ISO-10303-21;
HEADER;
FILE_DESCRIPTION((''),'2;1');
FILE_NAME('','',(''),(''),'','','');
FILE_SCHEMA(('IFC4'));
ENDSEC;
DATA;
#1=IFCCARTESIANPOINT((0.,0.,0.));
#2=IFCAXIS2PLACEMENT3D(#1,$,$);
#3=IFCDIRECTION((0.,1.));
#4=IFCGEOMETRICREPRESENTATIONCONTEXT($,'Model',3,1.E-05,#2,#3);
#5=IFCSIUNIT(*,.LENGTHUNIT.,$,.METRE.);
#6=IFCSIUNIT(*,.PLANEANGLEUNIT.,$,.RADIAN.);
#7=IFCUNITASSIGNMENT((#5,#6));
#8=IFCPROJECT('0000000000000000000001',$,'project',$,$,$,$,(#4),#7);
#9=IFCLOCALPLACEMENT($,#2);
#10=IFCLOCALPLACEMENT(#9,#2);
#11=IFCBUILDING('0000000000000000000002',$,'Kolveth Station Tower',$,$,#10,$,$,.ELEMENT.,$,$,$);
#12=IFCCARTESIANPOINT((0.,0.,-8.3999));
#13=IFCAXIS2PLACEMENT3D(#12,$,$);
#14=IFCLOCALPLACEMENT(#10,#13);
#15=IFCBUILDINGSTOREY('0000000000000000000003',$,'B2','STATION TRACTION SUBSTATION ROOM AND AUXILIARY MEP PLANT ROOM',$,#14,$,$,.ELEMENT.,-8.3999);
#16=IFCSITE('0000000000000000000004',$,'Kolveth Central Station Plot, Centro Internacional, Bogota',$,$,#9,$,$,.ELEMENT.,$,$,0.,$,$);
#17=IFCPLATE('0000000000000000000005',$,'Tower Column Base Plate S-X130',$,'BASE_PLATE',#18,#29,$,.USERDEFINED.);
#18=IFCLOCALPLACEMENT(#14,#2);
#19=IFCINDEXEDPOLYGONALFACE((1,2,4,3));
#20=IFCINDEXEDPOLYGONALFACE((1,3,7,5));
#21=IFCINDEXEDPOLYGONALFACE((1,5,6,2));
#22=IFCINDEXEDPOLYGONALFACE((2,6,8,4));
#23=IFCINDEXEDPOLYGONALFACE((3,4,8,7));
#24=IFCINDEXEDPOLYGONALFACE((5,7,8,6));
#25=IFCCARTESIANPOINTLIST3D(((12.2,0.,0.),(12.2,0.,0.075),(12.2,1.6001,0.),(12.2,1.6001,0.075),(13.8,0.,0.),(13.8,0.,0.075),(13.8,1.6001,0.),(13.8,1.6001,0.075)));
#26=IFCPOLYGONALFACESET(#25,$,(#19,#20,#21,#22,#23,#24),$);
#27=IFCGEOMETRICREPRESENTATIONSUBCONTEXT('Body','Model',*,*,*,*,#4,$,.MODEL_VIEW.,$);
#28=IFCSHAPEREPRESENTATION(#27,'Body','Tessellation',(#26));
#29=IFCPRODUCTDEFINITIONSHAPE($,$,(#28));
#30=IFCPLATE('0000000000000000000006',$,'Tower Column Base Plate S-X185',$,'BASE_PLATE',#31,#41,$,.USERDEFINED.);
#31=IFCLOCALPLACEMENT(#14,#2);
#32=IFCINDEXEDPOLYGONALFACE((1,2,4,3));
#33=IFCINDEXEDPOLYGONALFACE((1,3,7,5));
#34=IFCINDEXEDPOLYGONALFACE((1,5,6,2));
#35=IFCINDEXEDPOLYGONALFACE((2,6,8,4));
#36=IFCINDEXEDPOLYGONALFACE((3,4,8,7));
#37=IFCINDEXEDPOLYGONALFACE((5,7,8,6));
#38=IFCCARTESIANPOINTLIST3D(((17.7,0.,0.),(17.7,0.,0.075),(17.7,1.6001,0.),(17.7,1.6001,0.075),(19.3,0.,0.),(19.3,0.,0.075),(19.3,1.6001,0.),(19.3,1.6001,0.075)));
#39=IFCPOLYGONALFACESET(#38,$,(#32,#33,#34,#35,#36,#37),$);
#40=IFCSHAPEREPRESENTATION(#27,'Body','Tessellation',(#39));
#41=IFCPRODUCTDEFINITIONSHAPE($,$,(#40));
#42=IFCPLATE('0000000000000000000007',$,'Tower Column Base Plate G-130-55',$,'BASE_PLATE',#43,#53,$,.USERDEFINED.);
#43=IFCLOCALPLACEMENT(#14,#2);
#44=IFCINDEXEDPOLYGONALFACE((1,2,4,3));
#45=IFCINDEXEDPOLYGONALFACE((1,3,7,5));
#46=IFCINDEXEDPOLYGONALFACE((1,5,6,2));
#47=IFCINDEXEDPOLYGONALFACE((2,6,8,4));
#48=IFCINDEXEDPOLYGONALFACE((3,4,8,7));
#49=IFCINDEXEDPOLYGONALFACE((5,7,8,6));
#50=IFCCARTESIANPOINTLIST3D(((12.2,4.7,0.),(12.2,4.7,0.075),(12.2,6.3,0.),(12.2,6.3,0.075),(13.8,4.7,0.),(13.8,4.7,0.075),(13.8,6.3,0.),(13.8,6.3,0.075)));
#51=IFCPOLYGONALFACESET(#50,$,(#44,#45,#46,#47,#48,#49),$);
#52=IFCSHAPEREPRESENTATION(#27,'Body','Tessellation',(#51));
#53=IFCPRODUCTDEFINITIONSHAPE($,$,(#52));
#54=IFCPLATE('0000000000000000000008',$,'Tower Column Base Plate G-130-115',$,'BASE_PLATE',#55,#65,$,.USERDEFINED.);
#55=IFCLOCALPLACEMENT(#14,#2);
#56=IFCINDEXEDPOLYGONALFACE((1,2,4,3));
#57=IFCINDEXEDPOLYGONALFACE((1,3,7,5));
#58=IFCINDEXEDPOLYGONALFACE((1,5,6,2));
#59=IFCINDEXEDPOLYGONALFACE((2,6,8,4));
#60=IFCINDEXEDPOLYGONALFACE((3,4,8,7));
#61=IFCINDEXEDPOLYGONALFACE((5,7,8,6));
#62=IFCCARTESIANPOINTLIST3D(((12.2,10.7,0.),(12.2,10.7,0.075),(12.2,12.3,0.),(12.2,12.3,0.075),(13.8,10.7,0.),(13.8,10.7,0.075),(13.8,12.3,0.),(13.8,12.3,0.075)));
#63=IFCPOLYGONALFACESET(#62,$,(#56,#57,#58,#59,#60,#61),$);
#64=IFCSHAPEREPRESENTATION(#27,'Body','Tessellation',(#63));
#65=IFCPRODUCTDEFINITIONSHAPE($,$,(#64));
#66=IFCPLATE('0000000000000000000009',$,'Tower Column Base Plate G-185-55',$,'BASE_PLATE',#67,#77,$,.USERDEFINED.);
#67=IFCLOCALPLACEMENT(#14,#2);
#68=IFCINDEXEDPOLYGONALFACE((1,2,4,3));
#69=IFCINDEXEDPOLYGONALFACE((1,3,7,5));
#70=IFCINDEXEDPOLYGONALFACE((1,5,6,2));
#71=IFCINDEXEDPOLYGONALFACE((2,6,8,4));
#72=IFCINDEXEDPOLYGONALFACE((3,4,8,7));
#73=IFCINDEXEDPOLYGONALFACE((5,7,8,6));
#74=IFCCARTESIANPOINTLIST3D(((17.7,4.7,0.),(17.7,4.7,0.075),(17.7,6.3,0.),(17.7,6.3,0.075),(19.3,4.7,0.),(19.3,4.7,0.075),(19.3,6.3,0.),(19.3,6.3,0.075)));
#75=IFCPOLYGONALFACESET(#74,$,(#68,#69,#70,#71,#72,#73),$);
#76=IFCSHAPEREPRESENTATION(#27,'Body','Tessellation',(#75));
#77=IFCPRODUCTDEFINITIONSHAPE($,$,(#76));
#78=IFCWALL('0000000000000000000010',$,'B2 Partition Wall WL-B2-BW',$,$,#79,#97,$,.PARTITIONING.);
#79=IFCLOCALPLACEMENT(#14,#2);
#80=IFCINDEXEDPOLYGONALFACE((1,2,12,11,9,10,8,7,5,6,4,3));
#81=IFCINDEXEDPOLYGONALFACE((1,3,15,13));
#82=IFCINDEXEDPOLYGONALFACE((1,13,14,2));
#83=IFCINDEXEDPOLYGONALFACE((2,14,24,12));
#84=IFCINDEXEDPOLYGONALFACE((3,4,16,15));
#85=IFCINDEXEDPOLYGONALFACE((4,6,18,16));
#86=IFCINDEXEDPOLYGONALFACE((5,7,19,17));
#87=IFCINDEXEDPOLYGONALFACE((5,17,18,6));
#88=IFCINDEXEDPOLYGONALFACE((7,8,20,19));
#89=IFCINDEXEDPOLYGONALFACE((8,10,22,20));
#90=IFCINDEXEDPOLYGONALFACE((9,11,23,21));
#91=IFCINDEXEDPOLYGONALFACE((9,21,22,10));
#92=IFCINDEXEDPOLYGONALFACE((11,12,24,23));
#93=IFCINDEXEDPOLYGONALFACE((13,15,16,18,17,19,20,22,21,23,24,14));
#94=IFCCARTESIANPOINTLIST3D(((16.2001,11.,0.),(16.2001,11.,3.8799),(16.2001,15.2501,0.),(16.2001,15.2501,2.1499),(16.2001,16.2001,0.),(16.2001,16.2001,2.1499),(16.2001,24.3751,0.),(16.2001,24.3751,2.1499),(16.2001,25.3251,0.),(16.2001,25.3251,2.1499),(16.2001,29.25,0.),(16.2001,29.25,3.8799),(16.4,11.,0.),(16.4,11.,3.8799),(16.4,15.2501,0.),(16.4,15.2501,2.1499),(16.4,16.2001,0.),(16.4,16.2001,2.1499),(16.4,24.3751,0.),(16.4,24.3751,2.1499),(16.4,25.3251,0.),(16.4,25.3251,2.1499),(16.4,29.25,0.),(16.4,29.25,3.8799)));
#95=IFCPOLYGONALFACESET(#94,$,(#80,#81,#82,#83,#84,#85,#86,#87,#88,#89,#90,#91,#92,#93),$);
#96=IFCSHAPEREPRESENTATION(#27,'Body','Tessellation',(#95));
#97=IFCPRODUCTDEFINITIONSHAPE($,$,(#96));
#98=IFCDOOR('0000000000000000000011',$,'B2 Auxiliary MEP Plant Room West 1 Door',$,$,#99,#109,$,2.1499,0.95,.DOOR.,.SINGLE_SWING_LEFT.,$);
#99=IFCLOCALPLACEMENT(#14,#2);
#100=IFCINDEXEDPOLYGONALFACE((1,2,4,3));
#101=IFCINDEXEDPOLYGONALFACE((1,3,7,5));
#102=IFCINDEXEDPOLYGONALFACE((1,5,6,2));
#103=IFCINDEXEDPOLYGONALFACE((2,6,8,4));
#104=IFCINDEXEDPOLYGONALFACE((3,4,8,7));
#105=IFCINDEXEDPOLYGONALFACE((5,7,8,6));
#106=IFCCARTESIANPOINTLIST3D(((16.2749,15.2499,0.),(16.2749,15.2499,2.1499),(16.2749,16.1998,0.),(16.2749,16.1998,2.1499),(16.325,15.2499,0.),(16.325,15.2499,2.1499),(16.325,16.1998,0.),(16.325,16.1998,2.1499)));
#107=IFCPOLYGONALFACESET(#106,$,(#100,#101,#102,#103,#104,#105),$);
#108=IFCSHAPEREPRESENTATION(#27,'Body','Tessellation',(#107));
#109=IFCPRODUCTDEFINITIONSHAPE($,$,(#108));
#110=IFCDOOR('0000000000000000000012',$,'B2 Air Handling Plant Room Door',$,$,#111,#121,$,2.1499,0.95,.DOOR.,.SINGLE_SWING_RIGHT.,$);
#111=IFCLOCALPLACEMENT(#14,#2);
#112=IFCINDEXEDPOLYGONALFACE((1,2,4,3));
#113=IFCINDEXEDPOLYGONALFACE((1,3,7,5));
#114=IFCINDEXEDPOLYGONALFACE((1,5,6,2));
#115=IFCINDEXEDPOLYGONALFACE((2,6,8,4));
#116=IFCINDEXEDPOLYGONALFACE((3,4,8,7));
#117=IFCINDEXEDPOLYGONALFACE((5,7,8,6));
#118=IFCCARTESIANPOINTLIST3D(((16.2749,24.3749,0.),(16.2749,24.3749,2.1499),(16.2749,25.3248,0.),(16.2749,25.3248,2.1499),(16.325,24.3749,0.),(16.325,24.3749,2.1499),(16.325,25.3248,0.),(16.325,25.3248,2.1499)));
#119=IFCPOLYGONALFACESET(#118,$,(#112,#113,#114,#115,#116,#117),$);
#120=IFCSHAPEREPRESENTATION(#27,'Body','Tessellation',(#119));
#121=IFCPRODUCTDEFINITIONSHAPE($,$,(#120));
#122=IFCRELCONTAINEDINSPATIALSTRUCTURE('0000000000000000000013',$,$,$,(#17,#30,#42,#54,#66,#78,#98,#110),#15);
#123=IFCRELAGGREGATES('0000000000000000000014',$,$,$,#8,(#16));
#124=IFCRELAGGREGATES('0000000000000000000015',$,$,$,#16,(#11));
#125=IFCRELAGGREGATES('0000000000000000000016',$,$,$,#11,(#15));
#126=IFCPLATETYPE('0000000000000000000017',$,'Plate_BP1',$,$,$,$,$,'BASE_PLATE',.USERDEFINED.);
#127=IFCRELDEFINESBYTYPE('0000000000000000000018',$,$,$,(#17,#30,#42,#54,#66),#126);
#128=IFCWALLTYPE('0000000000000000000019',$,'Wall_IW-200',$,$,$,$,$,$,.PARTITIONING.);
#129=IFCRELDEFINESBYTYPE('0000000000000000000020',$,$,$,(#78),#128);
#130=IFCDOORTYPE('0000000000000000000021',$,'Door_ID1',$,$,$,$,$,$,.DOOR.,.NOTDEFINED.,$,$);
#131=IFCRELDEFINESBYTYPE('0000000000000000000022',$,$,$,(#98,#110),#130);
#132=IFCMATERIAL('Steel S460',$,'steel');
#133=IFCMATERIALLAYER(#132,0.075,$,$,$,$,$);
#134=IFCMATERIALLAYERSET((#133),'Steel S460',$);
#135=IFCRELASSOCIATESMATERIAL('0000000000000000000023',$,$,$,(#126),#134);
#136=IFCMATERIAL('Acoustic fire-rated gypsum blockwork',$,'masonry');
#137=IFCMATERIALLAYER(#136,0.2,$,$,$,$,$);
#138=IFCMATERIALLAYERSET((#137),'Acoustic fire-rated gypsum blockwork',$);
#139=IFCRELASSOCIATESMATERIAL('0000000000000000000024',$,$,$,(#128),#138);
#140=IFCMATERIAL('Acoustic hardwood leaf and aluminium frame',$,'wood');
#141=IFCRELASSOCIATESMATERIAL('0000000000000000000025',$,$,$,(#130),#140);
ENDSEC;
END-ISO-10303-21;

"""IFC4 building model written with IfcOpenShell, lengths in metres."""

from ifc_helpers import new_model, si_unit, direction, frame, frame_2d, origin, origin_2d, place, context, subcontext, project, spatial, rectangle, extrude, source, transform, mapped, material, layer, layer_set, type_object, element, fill, save


model = new_model("IFC4")

# Units and contexts
model_context = context("Model", 3, precision=1e-05, world=origin(), true_north=direction((0.0, 1.0)))
body_context = subcontext(model_context, "Body", "Model", "MODEL_VIEW")
ifc_project = project(units=[si_unit("LENGTHUNIT", "METRE"), si_unit("PLANEANGLEUNIT", "RADIAN")], contexts=[model_context])

# Site, building, storey
site_placement = place(None, origin())
site = spatial("IfcSite", under=ifc_project, at=site_placement, Name="Kolveth Central Station Plot, Centro Internacional, Bogota", CompositionType="ELEMENT", RefElevation=0.0)
building_placement = place(site_placement, origin())
building = spatial("IfcBuilding", under=site, at=building_placement, Name="Kolveth Station Tower", CompositionType="ELEMENT")
storey_placement = place(building_placement, frame((0.0, 0.0, -8.3999)))
storey = spatial("IfcBuildingStorey", under=building, at=storey_placement, Name="B2", Description="STATION TRACTION SUBSTATION ROOM AND AUXILIARY MEP PLANT ROOM", CompositionType="ELEMENT", Elevation=-8.3999)

# Shared definitions
ifc_material_1 = material(Name="Steel S460", Category="steel")

# Plates
ifc_layer_1 = layer(ifc_material_1, 0.075)
ifc_layer_set_1 = layer_set([ifc_layer_1], Name="Steel S460")
plate_type = type_object("IfcPlateType", Name="Plate_BP1", ElementType="BASE_PLATE", PredefinedType="USERDEFINED", material=ifc_layer_set_1)
shared_shape_1 = source(origin(), body_context, "Body", "SweptSolid", [
    extrude(rectangle(XDim=1.6001, YDim=1.6001, at=origin_2d()), origin(), (0.0, 0.0, 1.0), 0.075),
])
for number, where, z_axis, x_axis, name in (
    (1, (13.0, 0.8, 0.0), (0.0, 0.0, 1.0), (1.0, 0.0, 0.0), "Tower Column Base Plate S-X130"),
    (2, (18.5, 0.8, 0.0), (0.0, 0.0, 1.0), (1.0, 0.0, 0.0), "Tower Column Base Plate S-X185"),
    (3, (13.0, 5.5, 0.0), (0.0, 0.0, 1.0), (1.0, 0.0, 0.0), "Tower Column Base Plate G-130-55"),
    (4, (13.0, 11.5, 0.0), (0.0, 0.0, 1.0), (1.0, 0.0, 0.0), "Tower Column Base Plate G-130-115"),
    (5, (18.5, 5.5, 0.0), (0.0, 0.0, 1.0), (1.0, 0.0, 0.0), "Tower Column Base Plate G-185-55"),
):
    element("IfcPlate", number, at=place(storey_placement, frame(where, z_axis=z_axis, x_axis=x_axis)), inside=storey, type_object=plate_type, Name=name, ObjectType="BASE_PLATE", PredefinedType="USERDEFINED", context=body_context, shape_type="MappedRepresentation", body=[
        mapped(shared_shape_1, transform((0.0, 0.0, 0.0), x_axis=(1.0, 0.0, 0.0), y_axis=(0.0, 1.0, 0.0), z_axis=(0.0, 0.0, 1.0), scale=1.0)),
    ])

# Wall, openings, doors
ifc_material_2 = material(Name="Acoustic fire-rated gypsum blockwork", Category="masonry")
ifc_layer_2 = layer(ifc_material_2, 0.2)
ifc_layer_set_2 = layer_set([ifc_layer_2], Name="Acoustic fire-rated gypsum blockwork")
wall_type_1 = type_object("IfcWallType", Name="Wall_IW-200", PredefinedType="PARTITIONING", material=ifc_layer_set_2)
wall_1_placement = place(storey_placement, frame((16.3, 11.0, 0.0), z_axis=(0.0, 0.0, 1.0), x_axis=(0.0, 1.0, 0.0)))
wall_1 = element("IfcWall", 6, at=wall_1_placement, inside=storey, type_object=wall_type_1, Name="B2 Partition Wall WL-B2-BW", PredefinedType="PARTITIONING", context=body_context, shape_type="SweptSolid", body=[
    extrude(rectangle(XDim=18.25, YDim=0.2, at=frame_2d((9.125, 0.0))), origin(), (0.0, 0.0, 1.0), 3.8799),
])
opening_1_placement = place(wall_1_placement, frame((4.25, 0.0, 0.0)))
opening_1 = element("IfcOpeningElement", 7, at=opening_1_placement, cuts=wall_1, PredefinedType="OPENING", context=body_context, shape_type="SweptSolid", body=[
    extrude(rectangle(XDim=0.95, YDim=2.1499, at=frame_2d((0.4751, 1.075))), frame((0.0, 0.1099, 0.0), z_axis=(0.0, -1.0, 0.0), x_axis=(1.0, 0.0, 0.0)), (0.0, 0.0, 1.0), 0.22),
])
opening_2_placement = place(wall_1_placement, frame((13.375, 0.0, 0.0)))
opening_2 = element("IfcOpeningElement", 8, at=opening_2_placement, cuts=wall_1, PredefinedType="OPENING", context=body_context, shape_type="SweptSolid", body=[
    extrude(rectangle(XDim=0.95, YDim=2.1499, at=frame_2d((0.4751, 1.075))), frame((0.0, 0.1099, 0.0), z_axis=(0.0, -1.0, 0.0), x_axis=(1.0, 0.0, 0.0)), (0.0, 0.0, 1.0), 0.22),
])
ifc_material_3 = material(Name="Acoustic hardwood leaf and aluminium frame", Category="wood")
door_type_1 = type_object("IfcDoorType", Name="Door_ID1", OperationType="NOTDEFINED", PredefinedType="DOOR", material=ifc_material_3)
door_1_placement = place(opening_1_placement, frame((0.95, 0.0, 0.0), z_axis=(0.0, 0.0, 1.0), x_axis=(-1.0, 0.0, 0.0)))
door_1 = element("IfcDoor", 9, at=door_1_placement, inside=storey, type_object=door_type_1, Name="B2 Auxiliary MEP Plant Room West 1 Door", OperationType="SINGLE_SWING_LEFT", OverallHeight=2.1499, OverallWidth=0.95, PredefinedType="DOOR", context=body_context, shape_type="SweptSolid", body=[
    extrude(rectangle(XDim=0.95, YDim=2.1499, at=frame_2d((0.4751, 1.075))), frame((0.0, 0.0249, 0.0), z_axis=(0.0, -1.0, 0.0), x_axis=(1.0, 0.0, 0.0)), (0.0, 0.0, 1.0), 0.05),
])
fill(opening_1, door_1)
door_2_placement = place(opening_2_placement, frame((0.95, 0.0, 0.0), z_axis=(0.0, 0.0, 1.0), x_axis=(-1.0, 0.0, 0.0)))
door_2 = element("IfcDoor", 10, at=door_2_placement, inside=storey, type_object=door_type_1, Name="B2 Air Handling Plant Room Door", OperationType="SINGLE_SWING_RIGHT", OverallHeight=2.1499, OverallWidth=0.95, PredefinedType="DOOR", context=body_context, shape_type="SweptSolid", body=[
    extrude(rectangle(XDim=0.95, YDim=2.1499, at=frame_2d((0.4751, 1.075))), frame((0.0, 0.0249, 0.0), z_axis=(0.0, -1.0, 0.0), x_axis=(1.0, 0.0, 0.0)), (0.0, 0.0, 1.0), 0.05),
])
fill(opening_2, door_2)

save(model, "model.ifc")
